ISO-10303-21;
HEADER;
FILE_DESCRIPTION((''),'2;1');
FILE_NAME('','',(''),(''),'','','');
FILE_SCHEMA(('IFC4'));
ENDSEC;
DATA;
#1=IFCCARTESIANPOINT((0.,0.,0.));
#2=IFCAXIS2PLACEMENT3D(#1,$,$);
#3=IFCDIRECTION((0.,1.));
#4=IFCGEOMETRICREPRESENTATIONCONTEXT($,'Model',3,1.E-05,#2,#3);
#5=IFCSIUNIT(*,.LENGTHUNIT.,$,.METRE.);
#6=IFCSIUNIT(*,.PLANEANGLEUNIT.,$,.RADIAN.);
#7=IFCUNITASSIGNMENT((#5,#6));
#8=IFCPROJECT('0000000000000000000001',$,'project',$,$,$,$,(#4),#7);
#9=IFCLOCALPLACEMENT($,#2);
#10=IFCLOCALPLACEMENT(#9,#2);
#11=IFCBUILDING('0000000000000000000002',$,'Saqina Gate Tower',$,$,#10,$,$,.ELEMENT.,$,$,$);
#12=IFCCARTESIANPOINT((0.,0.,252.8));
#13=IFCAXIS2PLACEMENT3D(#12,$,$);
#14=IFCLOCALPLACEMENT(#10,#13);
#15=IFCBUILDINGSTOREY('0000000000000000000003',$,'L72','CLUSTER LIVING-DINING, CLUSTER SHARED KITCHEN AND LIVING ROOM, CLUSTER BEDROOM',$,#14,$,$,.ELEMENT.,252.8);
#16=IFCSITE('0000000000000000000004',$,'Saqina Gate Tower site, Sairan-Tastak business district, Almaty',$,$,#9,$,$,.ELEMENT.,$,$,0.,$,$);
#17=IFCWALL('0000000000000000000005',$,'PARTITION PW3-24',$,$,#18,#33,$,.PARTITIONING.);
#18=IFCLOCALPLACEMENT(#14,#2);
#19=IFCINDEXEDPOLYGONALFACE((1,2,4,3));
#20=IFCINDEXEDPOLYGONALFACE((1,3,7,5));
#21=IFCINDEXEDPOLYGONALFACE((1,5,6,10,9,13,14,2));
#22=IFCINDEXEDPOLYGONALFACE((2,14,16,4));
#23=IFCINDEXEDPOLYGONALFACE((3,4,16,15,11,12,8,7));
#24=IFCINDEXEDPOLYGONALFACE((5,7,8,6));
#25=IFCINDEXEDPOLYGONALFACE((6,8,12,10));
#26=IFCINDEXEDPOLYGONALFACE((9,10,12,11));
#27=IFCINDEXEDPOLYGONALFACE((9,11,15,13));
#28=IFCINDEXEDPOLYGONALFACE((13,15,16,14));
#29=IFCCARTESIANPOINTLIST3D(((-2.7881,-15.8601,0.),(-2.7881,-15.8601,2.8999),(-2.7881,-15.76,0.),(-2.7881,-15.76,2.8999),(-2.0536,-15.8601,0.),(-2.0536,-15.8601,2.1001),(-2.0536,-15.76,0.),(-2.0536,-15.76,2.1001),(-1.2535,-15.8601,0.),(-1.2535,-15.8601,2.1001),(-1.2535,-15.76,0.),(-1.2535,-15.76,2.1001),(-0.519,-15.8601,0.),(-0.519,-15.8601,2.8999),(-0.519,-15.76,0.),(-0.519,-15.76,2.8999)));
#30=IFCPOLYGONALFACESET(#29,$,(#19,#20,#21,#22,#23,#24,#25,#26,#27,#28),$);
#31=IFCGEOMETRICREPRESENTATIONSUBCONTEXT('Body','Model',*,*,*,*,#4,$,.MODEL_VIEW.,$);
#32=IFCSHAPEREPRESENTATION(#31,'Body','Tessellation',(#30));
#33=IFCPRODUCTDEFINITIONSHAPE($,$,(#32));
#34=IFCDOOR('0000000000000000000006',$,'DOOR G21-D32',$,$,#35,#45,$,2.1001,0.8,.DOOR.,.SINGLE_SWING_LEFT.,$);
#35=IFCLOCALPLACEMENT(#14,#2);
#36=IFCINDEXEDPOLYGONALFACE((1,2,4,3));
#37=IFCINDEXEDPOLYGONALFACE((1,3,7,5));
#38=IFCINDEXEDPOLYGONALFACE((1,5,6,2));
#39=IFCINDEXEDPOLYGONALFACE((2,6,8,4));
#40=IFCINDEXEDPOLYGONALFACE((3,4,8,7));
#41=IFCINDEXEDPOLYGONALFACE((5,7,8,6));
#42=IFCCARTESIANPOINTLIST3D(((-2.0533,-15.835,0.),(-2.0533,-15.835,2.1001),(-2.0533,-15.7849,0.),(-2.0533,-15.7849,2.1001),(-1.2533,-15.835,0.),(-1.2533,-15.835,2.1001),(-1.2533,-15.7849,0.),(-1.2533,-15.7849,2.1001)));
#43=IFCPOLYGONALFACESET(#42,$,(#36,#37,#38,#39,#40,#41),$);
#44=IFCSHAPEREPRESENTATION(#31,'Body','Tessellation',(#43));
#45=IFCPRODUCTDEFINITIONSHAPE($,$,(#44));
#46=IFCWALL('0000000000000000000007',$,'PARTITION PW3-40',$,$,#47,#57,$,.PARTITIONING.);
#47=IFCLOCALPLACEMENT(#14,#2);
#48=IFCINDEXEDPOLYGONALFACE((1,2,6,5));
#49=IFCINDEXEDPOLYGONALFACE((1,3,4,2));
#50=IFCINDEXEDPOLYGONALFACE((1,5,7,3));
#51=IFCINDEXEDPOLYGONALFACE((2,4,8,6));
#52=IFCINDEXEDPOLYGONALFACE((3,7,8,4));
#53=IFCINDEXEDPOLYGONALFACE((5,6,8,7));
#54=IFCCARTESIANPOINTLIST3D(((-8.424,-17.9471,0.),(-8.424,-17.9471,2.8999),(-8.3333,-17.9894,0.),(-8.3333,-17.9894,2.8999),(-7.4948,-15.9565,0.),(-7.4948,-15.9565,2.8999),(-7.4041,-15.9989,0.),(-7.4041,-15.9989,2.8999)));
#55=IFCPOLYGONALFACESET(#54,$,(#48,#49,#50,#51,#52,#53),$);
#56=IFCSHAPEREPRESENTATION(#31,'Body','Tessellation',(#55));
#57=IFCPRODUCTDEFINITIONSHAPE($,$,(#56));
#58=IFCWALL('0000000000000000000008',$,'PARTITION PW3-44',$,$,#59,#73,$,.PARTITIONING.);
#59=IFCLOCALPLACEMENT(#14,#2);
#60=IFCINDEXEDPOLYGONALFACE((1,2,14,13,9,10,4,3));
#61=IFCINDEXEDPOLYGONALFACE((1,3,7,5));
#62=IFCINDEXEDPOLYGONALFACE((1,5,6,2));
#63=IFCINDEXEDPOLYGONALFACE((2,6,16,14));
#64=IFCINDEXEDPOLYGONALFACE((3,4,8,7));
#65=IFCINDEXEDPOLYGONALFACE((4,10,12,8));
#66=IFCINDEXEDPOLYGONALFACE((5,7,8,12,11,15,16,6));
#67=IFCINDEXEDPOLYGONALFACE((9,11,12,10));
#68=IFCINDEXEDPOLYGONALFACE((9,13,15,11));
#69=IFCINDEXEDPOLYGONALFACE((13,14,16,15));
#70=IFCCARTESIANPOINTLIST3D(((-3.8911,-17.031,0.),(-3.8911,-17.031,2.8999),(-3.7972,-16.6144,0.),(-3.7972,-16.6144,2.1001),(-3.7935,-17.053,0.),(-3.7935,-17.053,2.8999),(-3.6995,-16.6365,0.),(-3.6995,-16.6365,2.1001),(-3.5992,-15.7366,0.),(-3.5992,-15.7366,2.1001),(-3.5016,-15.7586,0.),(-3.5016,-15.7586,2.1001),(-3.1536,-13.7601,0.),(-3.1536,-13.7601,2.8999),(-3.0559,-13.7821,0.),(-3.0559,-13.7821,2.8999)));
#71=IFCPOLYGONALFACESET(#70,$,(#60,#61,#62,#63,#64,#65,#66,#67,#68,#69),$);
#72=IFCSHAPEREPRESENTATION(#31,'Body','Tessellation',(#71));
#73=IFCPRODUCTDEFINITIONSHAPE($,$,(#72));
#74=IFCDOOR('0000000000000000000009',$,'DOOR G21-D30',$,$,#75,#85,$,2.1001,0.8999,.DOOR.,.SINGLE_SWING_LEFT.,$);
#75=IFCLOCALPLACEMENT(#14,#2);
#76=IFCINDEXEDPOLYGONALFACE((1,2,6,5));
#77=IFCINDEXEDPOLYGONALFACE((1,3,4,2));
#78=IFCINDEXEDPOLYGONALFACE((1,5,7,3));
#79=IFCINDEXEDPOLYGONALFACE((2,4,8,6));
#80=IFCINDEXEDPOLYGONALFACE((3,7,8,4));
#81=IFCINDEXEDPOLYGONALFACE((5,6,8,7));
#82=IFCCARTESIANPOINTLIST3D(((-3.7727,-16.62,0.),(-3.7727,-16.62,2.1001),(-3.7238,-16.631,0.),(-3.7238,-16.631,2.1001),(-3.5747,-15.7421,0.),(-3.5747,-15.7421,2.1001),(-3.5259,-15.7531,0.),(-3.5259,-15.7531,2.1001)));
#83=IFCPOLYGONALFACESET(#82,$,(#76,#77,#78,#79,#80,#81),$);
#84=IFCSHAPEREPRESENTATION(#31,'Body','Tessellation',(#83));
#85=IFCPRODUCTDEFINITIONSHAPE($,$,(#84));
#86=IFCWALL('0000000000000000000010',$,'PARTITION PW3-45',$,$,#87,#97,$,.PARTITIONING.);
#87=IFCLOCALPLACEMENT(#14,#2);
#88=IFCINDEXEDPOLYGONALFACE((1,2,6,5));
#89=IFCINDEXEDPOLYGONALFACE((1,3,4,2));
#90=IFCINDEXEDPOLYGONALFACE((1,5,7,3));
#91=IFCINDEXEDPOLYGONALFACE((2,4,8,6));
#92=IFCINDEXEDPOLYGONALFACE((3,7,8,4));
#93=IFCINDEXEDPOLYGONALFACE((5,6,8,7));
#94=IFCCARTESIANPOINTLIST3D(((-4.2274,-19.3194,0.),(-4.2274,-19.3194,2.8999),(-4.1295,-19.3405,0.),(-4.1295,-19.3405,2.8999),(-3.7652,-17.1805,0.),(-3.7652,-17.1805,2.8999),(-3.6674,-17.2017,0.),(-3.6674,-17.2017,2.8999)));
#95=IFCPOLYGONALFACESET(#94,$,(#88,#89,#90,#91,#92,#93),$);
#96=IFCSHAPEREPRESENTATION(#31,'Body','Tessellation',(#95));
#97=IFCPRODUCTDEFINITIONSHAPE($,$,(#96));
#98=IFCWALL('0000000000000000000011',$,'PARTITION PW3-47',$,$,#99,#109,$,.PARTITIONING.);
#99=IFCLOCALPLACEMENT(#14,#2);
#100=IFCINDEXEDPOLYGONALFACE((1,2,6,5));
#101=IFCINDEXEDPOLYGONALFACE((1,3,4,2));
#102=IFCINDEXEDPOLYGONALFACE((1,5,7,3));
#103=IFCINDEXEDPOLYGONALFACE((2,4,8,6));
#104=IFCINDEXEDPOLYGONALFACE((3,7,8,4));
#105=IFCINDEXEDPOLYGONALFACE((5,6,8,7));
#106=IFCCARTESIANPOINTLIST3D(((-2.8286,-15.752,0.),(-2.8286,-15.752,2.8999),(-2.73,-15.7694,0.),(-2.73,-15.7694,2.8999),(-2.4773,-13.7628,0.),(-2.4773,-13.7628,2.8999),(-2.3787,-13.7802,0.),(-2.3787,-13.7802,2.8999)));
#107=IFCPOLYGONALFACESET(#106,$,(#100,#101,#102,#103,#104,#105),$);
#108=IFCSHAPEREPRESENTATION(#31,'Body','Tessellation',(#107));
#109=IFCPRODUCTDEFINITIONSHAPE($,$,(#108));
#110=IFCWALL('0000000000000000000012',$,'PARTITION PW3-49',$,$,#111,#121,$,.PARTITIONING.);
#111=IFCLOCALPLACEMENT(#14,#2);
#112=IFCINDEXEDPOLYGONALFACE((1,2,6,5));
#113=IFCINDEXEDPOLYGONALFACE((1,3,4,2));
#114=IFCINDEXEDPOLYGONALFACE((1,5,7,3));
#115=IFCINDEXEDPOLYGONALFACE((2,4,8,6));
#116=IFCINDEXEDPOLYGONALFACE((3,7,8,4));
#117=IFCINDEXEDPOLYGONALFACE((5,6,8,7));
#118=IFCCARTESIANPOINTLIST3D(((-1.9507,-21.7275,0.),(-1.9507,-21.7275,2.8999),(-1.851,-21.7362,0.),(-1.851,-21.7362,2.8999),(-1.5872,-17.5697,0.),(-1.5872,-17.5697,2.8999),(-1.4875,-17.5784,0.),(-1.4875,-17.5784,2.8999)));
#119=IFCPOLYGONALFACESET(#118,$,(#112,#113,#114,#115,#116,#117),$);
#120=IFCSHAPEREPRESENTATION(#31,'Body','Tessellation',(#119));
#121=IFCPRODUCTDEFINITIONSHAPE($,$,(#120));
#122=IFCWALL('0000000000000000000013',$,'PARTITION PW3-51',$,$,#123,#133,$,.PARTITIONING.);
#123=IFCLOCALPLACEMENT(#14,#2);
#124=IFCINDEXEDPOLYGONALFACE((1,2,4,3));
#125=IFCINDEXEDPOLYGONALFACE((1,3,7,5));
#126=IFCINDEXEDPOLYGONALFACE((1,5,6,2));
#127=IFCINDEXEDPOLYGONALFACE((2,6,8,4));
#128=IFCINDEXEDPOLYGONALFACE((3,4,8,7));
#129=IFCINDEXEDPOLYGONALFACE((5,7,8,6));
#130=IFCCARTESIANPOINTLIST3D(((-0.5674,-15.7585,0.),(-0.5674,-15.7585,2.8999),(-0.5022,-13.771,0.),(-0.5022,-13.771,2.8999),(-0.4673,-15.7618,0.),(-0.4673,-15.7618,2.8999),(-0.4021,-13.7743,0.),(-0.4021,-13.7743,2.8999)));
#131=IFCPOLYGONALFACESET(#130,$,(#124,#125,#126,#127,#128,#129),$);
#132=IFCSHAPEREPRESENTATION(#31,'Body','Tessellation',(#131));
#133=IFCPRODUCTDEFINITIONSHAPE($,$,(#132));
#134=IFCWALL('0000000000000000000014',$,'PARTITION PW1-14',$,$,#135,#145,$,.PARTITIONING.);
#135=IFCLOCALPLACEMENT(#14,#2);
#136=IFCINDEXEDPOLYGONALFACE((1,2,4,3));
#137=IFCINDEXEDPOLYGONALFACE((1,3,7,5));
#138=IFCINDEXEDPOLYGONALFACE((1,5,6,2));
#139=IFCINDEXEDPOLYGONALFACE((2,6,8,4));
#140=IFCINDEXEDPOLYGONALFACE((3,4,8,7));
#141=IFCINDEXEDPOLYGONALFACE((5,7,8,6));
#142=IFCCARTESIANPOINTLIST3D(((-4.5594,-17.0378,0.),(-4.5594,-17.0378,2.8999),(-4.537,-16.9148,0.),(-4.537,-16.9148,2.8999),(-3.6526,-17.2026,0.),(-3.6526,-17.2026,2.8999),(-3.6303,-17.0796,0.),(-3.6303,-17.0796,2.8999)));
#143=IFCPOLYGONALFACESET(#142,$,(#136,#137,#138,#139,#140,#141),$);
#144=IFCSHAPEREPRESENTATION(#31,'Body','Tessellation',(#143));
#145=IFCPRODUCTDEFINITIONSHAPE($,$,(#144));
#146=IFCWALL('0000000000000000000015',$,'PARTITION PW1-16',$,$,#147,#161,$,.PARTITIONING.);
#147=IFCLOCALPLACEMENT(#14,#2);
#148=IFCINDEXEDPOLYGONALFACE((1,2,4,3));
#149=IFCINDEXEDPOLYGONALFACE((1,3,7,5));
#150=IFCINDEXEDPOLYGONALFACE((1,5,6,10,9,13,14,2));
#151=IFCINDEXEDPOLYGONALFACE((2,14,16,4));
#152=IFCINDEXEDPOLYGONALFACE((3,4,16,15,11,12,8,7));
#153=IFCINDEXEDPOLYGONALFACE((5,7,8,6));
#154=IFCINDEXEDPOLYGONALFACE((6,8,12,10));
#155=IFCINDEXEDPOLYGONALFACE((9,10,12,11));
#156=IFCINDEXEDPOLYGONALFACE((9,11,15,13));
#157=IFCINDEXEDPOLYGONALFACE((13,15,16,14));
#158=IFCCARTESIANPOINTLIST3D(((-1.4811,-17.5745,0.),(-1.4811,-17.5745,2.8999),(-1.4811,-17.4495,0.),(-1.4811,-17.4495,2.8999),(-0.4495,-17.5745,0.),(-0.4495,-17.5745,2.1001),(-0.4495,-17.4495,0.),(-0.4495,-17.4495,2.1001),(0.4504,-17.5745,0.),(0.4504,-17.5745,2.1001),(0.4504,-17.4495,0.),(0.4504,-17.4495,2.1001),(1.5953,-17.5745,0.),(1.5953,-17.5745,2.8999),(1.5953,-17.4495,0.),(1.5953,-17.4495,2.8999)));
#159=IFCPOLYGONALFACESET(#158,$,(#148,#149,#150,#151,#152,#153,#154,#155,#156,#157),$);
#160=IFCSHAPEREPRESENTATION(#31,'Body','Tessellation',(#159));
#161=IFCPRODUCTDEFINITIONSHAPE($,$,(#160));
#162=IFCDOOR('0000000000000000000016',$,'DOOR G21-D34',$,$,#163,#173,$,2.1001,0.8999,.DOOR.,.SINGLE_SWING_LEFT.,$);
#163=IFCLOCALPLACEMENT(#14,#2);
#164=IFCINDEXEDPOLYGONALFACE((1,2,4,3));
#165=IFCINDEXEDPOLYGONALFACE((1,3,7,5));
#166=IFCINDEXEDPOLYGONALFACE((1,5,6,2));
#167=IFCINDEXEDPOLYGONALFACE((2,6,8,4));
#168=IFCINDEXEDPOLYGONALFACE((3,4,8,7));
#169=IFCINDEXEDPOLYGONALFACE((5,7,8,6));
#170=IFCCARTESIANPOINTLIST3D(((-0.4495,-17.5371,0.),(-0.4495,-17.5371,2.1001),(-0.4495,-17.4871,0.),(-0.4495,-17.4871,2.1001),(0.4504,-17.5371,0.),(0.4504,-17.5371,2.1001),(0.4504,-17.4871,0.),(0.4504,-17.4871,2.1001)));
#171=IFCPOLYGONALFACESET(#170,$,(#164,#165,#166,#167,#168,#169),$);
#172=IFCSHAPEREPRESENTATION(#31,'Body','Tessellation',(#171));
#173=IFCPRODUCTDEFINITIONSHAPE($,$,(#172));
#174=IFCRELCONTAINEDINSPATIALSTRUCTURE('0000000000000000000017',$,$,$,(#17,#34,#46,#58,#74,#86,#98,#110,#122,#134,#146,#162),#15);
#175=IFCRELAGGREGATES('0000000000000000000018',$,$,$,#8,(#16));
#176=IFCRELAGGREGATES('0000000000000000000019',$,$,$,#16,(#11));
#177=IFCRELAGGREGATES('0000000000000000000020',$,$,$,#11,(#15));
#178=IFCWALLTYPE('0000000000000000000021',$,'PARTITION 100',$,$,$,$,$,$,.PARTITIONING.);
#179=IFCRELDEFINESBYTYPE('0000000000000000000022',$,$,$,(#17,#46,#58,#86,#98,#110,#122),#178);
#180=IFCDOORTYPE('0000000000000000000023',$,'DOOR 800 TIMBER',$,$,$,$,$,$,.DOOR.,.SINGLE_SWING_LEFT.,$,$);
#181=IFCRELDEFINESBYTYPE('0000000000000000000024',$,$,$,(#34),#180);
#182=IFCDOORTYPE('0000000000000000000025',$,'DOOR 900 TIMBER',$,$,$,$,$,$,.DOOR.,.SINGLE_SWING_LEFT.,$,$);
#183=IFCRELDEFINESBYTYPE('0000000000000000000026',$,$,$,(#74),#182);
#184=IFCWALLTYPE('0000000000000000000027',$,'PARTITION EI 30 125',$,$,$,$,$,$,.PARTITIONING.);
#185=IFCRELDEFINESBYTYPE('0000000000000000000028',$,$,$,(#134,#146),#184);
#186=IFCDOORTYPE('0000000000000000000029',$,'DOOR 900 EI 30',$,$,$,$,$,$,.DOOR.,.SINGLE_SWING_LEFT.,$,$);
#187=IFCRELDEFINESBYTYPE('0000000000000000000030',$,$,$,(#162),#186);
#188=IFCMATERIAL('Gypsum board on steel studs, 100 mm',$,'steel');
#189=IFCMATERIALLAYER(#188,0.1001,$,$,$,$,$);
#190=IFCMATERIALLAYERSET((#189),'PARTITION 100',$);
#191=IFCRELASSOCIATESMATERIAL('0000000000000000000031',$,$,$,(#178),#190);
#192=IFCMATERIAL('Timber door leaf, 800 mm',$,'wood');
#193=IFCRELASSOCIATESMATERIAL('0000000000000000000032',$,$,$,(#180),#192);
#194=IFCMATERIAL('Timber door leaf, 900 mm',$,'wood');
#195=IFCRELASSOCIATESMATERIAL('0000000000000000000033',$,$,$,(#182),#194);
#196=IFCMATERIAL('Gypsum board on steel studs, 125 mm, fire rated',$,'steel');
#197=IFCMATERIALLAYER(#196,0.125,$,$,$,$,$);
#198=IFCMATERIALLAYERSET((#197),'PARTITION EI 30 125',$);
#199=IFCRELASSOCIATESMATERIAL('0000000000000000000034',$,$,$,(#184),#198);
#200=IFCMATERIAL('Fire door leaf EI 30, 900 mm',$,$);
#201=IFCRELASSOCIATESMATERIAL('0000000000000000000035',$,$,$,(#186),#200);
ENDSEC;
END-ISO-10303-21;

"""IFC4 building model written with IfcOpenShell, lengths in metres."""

from ifc_helpers import new_model, si_unit, direction, frame, frame_2d, origin, place, context, subcontext, project, spatial, rectangle, extrude, material, layer, layer_set, type_object, element, fill, save


model = new_model("IFC4")

# Units and contexts
model_context = context("Model", 3, precision=1e-05, world=origin(), true_north=direction((0.0, 1.0)))
body_context = subcontext(model_context, "Body", "Model", "MODEL_VIEW")
ifc_project = project(units=[si_unit("LENGTHUNIT", "METRE"), si_unit("PLANEANGLEUNIT", "RADIAN")], contexts=[model_context])

# Site, building, storey
site_placement = place(None, origin())
site = spatial("IfcSite", under=ifc_project, at=site_placement, Name="Saqina Gate Tower site, Sairan-Tastak business district, Almaty", CompositionType="ELEMENT", RefElevation=0.0)
building_placement = place(site_placement, origin())
building = spatial("IfcBuilding", under=site, at=building_placement, Name="Saqina Gate Tower", CompositionType="ELEMENT")
storey_placement = place(building_placement, frame((0.0, 0.0, 252.8)))
storey = spatial("IfcBuildingStorey", under=building, at=storey_placement, Name="L72", Description="CLUSTER LIVING-DINING, CLUSTER SHARED KITCHEN AND LIVING ROOM, CLUSTER BEDROOM", CompositionType="ELEMENT", Elevation=252.8)

# Shared definitions
ifc_material_1 = material(Name="Gypsum board on steel studs, 100 mm", Category="steel")
ifc_layer_1 = layer(ifc_material_1, 0.1001)
ifc_layer_set_1 = layer_set([ifc_layer_1], Name="PARTITION 100")
wall_type_1 = type_object("IfcWallType", Name="PARTITION 100", PredefinedType="PARTITIONING", material=ifc_layer_set_1)
ifc_material_2 = material(Name="Timber door leaf, 800 mm", Category="wood")
door_type_1 = type_object("IfcDoorType", Name="DOOR 800 TIMBER", OperationType="SINGLE_SWING_LEFT", PredefinedType="DOOR", material=ifc_material_2)

# Wall, opening, door
wall_1_placement = place(storey_placement, frame((-2.7881, -15.8101, 0.0), z_axis=(0.0, 0.0, 1.0), x_axis=(1.0, 0.0, 0.0)))
wall_1 = element("IfcWall", 1, at=wall_1_placement, inside=storey, type_object=wall_type_1, Name="PARTITION PW3-24", PredefinedType="PARTITIONING", context=body_context, shape_type="SweptSolid", body=[
    extrude(rectangle(XDim=2.269, YDim=0.1001, at=frame_2d((1.1345, 0.0))), origin(), (0.0, 0.0, 1.0), 2.8999),
])
opening_1_placement = place(wall_1_placement, frame((0.7346, 0.0, 0.0)))
opening_1 = element("IfcOpeningElement", 2, at=opening_1_placement, cuts=wall_1, PredefinedType="OPENING", context=body_context, shape_type="SweptSolid", body=[
    extrude(rectangle(XDim=0.8, YDim=2.1001, at=frame_2d((0.3999, 1.05))), frame((0.0, 0.062, 0.0), z_axis=(0.0, -1.0, 0.0), x_axis=(1.0, 0.0, 0.0)), (0.0, 0.0, 1.0), 0.124),
])
door_1_placement = place(opening_1_placement, frame((0.8, 0.0, 0.0), z_axis=(0.0, 0.0, 1.0), x_axis=(-1.0, 0.0, 0.0)))
door_1 = element("IfcDoor", 3, at=door_1_placement, inside=storey, type_object=door_type_1, Name="DOOR G21-D32", OperationType="SINGLE_SWING_LEFT", OverallHeight=2.1001, OverallWidth=0.8, PredefinedType="DOOR", context=body_context, shape_type="SweptSolid", body=[
    extrude(rectangle(XDim=0.8, YDim=2.1001, at=frame_2d((0.3999, 1.05))), frame((0.0, 0.0249, 0.0), z_axis=(0.0, -1.0, 0.0), x_axis=(1.0, 0.0, 0.0)), (0.0, 0.0, 1.0), 0.05),
])
fill(opening_1, door_1)

# Wall
wall_2_placement = place(storey_placement, frame((-8.3787, -17.9683, 0.0), z_axis=(0.0, 0.0, 1.0), x_axis=(0.423001, 0.906129, 0.0)))
element("IfcWall", 4, at=wall_2_placement, inside=storey, type_object=wall_type_1, Name="PARTITION PW3-40", PredefinedType="PARTITIONING", context=body_context, shape_type="SweptSolid", body=[
    extrude(rectangle(XDim=2.1968, YDim=0.1001, at=frame_2d((1.0984, 0.0))), origin(), (0.0, 0.0, 1.0), 2.8999),
])

# Wall, opening, door
wall_3_placement = place(storey_placement, frame((-3.8423, -17.042, 0.0), z_axis=(0.0, 0.0, 1.0), x_axis=(0.219959, 0.975509, 0.0)))
wall_3 = element("IfcWall", 5, at=wall_3_placement, inside=storey, type_object=wall_type_1, Name="PARTITION PW3-44", PredefinedType="PARTITIONING", context=body_context, shape_type="SweptSolid", body=[
    extrude(rectangle(XDim=3.353, YDim=0.1001, at=frame_2d((1.6765, 0.0))), origin(), (0.0, 0.0, 1.0), 2.8999),
])
opening_2_placement = place(wall_3_placement, frame((0.427, 0.0, 0.0)))
opening_2 = element("IfcOpeningElement", 6, at=opening_2_placement, cuts=wall_3, PredefinedType="OPENING", context=body_context, shape_type="SweptSolid", body=[
    extrude(rectangle(XDim=0.8999, YDim=2.1001, at=frame_2d((0.45, 1.05))), frame((0.0, 0.062, 0.0), z_axis=(0.0, -1.0, 0.0), x_axis=(1.0, 0.0, 0.0)), (0.0, 0.0, 1.0), 0.124),
])
ifc_material_3 = material(Name="Timber door leaf, 900 mm", Category="wood")
door_type_2 = type_object("IfcDoorType", Name="DOOR 900 TIMBER", OperationType="SINGLE_SWING_LEFT", PredefinedType="DOOR", material=ifc_material_3)
door_2_placement = place(opening_2_placement, origin())
door_2 = element("IfcDoor", 7, at=door_2_placement, inside=storey, type_object=door_type_2, Name="DOOR G21-D30", OperationType="SINGLE_SWING_LEFT", OverallHeight=2.1001, OverallWidth=0.8999, PredefinedType="DOOR", context=body_context, shape_type="SweptSolid", body=[
    extrude(rectangle(XDim=0.8999, YDim=2.1001, at=frame_2d((0.45, 1.05))), frame((0.0, 0.0249, 0.0), z_axis=(0.0, -1.0, 0.0), x_axis=(1.0, 0.0, 0.0)), (0.0, 0.0, 1.0), 0.05),
])
fill(opening_2, door_2)

# Walls
wall_4_placement = place(storey_placement, frame((-4.1785, -19.3301, 0.0), z_axis=(0.0, 0.0, 1.0), x_axis=(0.211197, 0.977443, 0.0)))
element("IfcWall", 8, at=wall_4_placement, inside=storey, type_object=wall_type_1, Name="PARTITION PW3-45", PredefinedType="PARTITIONING", context=body_context, shape_type="SweptSolid", body=[
    extrude(rectangle(XDim=2.1882, YDim=0.1001, at=frame_2d((1.0942, 0.0))), origin(), (0.0, 0.0, 1.0), 2.8999),
])
wall_5_placement = place(storey_placement, frame((-2.7793, -15.7607, 0.0), z_axis=(0.0, 0.0, 1.0), x_axis=(0.173916, 0.98476, 0.0)))
element("IfcWall", 9, at=wall_5_placement, inside=storey, type_object=wall_type_1, Name="PARTITION PW3-47", PredefinedType="PARTITIONING", context=body_context, shape_type="SweptSolid", body=[
    extrude(rectangle(XDim=2.02, YDim=0.1001, at=frame_2d((1.01, 0.0))), origin(), (0.0, 0.0, 1.0), 2.8999),
])
wall_6_placement = place(storey_placement, frame((-1.9009, -21.7319, 0.0), z_axis=(0.0, 0.0, 1.0), x_axis=(0.087102, 0.996199, 0.0)))
element("IfcWall", 10, at=wall_6_placement, inside=storey, type_object=wall_type_1, Name="PARTITION PW3-49", PredefinedType="PARTITIONING", context=body_context, shape_type="SweptSolid", body=[
    extrude(rectangle(XDim=4.1736, YDim=0.1001, at=frame_2d((2.0869, 0.0))), origin(), (0.0, 0.0, 1.0), 2.8999),
])
wall_7_placement = place(storey_placement, frame((-0.5173, -15.76, 0.0), z_axis=(0.0, 0.0, 1.0), x_axis=(0.032779, 0.999463, 0.0)))
element("IfcWall", 11, at=wall_7_placement, inside=storey, type_object=wall_type_1, Name="PARTITION PW3-51", PredefinedType="PARTITIONING", context=body_context, shape_type="SweptSolid", body=[
    extrude(rectangle(XDim=1.9885, YDim=0.1001, at=frame_2d((0.9941, 0.0))), origin(), (0.0, 0.0, 1.0), 2.8999),
])
ifc_material_4 = material(Name="Gypsum board on steel studs, 125 mm, fire rated", Category="steel")
ifc_layer_2 = layer(ifc_material_4, 0.125)
ifc_layer_set_2 = layer_set([ifc_layer_2], Name="PARTITION EI 30 125")
wall_type_2 = type_object("IfcWallType", Name="PARTITION EI 30 125", PredefinedType="PARTITIONING", material=ifc_layer_set_2)
wall_8_placement = place(storey_placement, frame((-4.5483, -16.9763, 0.0), z_axis=(0.0, 0.0, 1.0), x_axis=(0.983883, -0.178816, 0.0)))
element("IfcWall", 12, at=wall_8_placement, inside=storey, type_object=wall_type_2, Name="PARTITION PW1-14", PredefinedType="PARTITIONING", context=body_context, shape_type="SweptSolid", body=[
    extrude(rectangle(XDim=0.9216, YDim=0.125, at=frame_2d((0.4609, 0.0))), origin(), (0.0, 0.0, 1.0), 2.8999),
])

# Wall, opening, door
wall_9_placement = place(storey_placement, frame((-1.481, -17.512, 0.0), z_axis=(0.0, 0.0, 1.0), x_axis=(1.0, 0.0, 0.0)))
wall_9 = element("IfcWall", 13, at=wall_9_placement, inside=storey, type_object=wall_type_2, Name="PARTITION PW1-16", PredefinedType="PARTITIONING", context=body_context, shape_type="SweptSolid", body=[
    extrude(rectangle(XDim=3.0764, YDim=0.125, at=frame_2d((1.5381, 0.0))), origin(), (0.0, 0.0, 1.0), 2.8999),
])
opening_3_placement = place(wall_9_placement, frame((1.0315, 0.0, 0.0)))
opening_3 = element("IfcOpeningElement", 14, at=opening_3_placement, cuts=wall_9, PredefinedType="OPENING", context=body_context, shape_type="SweptSolid", body=[
    extrude(rectangle(XDim=0.8999, YDim=2.1001, at=frame_2d((0.45, 1.05))), frame((0.0, 0.0745, 0.0), z_axis=(0.0, -1.0, 0.0), x_axis=(1.0, 0.0, 0.0)), (0.0, 0.0, 1.0), 0.1489),
])
ifc_material_5 = material(Name="Fire door leaf EI 30, 900 mm")
door_type_3 = type_object("IfcDoorType", Name="DOOR 900 EI 30", OperationType="SINGLE_SWING_LEFT", PredefinedType="DOOR", material=ifc_material_5)
door_3_placement = place(opening_3_placement, origin())
door_3 = element("IfcDoor", 15, at=door_3_placement, inside=storey, type_object=door_type_3, Name="DOOR G21-D34", OperationType="SINGLE_SWING_LEFT", OverallHeight=2.1001, OverallWidth=0.8999, PredefinedType="DOOR", context=body_context, shape_type="SweptSolid", body=[
    extrude(rectangle(XDim=0.8999, YDim=2.1001, at=frame_2d((0.45, 1.05))), frame((0.0, 0.0249, 0.0), z_axis=(0.0, -1.0, 0.0), x_axis=(1.0, 0.0, 0.0)), (0.0, 0.0, 1.0), 0.05),
])
fill(opening_3, door_3)

save(model, "model.ifc")
